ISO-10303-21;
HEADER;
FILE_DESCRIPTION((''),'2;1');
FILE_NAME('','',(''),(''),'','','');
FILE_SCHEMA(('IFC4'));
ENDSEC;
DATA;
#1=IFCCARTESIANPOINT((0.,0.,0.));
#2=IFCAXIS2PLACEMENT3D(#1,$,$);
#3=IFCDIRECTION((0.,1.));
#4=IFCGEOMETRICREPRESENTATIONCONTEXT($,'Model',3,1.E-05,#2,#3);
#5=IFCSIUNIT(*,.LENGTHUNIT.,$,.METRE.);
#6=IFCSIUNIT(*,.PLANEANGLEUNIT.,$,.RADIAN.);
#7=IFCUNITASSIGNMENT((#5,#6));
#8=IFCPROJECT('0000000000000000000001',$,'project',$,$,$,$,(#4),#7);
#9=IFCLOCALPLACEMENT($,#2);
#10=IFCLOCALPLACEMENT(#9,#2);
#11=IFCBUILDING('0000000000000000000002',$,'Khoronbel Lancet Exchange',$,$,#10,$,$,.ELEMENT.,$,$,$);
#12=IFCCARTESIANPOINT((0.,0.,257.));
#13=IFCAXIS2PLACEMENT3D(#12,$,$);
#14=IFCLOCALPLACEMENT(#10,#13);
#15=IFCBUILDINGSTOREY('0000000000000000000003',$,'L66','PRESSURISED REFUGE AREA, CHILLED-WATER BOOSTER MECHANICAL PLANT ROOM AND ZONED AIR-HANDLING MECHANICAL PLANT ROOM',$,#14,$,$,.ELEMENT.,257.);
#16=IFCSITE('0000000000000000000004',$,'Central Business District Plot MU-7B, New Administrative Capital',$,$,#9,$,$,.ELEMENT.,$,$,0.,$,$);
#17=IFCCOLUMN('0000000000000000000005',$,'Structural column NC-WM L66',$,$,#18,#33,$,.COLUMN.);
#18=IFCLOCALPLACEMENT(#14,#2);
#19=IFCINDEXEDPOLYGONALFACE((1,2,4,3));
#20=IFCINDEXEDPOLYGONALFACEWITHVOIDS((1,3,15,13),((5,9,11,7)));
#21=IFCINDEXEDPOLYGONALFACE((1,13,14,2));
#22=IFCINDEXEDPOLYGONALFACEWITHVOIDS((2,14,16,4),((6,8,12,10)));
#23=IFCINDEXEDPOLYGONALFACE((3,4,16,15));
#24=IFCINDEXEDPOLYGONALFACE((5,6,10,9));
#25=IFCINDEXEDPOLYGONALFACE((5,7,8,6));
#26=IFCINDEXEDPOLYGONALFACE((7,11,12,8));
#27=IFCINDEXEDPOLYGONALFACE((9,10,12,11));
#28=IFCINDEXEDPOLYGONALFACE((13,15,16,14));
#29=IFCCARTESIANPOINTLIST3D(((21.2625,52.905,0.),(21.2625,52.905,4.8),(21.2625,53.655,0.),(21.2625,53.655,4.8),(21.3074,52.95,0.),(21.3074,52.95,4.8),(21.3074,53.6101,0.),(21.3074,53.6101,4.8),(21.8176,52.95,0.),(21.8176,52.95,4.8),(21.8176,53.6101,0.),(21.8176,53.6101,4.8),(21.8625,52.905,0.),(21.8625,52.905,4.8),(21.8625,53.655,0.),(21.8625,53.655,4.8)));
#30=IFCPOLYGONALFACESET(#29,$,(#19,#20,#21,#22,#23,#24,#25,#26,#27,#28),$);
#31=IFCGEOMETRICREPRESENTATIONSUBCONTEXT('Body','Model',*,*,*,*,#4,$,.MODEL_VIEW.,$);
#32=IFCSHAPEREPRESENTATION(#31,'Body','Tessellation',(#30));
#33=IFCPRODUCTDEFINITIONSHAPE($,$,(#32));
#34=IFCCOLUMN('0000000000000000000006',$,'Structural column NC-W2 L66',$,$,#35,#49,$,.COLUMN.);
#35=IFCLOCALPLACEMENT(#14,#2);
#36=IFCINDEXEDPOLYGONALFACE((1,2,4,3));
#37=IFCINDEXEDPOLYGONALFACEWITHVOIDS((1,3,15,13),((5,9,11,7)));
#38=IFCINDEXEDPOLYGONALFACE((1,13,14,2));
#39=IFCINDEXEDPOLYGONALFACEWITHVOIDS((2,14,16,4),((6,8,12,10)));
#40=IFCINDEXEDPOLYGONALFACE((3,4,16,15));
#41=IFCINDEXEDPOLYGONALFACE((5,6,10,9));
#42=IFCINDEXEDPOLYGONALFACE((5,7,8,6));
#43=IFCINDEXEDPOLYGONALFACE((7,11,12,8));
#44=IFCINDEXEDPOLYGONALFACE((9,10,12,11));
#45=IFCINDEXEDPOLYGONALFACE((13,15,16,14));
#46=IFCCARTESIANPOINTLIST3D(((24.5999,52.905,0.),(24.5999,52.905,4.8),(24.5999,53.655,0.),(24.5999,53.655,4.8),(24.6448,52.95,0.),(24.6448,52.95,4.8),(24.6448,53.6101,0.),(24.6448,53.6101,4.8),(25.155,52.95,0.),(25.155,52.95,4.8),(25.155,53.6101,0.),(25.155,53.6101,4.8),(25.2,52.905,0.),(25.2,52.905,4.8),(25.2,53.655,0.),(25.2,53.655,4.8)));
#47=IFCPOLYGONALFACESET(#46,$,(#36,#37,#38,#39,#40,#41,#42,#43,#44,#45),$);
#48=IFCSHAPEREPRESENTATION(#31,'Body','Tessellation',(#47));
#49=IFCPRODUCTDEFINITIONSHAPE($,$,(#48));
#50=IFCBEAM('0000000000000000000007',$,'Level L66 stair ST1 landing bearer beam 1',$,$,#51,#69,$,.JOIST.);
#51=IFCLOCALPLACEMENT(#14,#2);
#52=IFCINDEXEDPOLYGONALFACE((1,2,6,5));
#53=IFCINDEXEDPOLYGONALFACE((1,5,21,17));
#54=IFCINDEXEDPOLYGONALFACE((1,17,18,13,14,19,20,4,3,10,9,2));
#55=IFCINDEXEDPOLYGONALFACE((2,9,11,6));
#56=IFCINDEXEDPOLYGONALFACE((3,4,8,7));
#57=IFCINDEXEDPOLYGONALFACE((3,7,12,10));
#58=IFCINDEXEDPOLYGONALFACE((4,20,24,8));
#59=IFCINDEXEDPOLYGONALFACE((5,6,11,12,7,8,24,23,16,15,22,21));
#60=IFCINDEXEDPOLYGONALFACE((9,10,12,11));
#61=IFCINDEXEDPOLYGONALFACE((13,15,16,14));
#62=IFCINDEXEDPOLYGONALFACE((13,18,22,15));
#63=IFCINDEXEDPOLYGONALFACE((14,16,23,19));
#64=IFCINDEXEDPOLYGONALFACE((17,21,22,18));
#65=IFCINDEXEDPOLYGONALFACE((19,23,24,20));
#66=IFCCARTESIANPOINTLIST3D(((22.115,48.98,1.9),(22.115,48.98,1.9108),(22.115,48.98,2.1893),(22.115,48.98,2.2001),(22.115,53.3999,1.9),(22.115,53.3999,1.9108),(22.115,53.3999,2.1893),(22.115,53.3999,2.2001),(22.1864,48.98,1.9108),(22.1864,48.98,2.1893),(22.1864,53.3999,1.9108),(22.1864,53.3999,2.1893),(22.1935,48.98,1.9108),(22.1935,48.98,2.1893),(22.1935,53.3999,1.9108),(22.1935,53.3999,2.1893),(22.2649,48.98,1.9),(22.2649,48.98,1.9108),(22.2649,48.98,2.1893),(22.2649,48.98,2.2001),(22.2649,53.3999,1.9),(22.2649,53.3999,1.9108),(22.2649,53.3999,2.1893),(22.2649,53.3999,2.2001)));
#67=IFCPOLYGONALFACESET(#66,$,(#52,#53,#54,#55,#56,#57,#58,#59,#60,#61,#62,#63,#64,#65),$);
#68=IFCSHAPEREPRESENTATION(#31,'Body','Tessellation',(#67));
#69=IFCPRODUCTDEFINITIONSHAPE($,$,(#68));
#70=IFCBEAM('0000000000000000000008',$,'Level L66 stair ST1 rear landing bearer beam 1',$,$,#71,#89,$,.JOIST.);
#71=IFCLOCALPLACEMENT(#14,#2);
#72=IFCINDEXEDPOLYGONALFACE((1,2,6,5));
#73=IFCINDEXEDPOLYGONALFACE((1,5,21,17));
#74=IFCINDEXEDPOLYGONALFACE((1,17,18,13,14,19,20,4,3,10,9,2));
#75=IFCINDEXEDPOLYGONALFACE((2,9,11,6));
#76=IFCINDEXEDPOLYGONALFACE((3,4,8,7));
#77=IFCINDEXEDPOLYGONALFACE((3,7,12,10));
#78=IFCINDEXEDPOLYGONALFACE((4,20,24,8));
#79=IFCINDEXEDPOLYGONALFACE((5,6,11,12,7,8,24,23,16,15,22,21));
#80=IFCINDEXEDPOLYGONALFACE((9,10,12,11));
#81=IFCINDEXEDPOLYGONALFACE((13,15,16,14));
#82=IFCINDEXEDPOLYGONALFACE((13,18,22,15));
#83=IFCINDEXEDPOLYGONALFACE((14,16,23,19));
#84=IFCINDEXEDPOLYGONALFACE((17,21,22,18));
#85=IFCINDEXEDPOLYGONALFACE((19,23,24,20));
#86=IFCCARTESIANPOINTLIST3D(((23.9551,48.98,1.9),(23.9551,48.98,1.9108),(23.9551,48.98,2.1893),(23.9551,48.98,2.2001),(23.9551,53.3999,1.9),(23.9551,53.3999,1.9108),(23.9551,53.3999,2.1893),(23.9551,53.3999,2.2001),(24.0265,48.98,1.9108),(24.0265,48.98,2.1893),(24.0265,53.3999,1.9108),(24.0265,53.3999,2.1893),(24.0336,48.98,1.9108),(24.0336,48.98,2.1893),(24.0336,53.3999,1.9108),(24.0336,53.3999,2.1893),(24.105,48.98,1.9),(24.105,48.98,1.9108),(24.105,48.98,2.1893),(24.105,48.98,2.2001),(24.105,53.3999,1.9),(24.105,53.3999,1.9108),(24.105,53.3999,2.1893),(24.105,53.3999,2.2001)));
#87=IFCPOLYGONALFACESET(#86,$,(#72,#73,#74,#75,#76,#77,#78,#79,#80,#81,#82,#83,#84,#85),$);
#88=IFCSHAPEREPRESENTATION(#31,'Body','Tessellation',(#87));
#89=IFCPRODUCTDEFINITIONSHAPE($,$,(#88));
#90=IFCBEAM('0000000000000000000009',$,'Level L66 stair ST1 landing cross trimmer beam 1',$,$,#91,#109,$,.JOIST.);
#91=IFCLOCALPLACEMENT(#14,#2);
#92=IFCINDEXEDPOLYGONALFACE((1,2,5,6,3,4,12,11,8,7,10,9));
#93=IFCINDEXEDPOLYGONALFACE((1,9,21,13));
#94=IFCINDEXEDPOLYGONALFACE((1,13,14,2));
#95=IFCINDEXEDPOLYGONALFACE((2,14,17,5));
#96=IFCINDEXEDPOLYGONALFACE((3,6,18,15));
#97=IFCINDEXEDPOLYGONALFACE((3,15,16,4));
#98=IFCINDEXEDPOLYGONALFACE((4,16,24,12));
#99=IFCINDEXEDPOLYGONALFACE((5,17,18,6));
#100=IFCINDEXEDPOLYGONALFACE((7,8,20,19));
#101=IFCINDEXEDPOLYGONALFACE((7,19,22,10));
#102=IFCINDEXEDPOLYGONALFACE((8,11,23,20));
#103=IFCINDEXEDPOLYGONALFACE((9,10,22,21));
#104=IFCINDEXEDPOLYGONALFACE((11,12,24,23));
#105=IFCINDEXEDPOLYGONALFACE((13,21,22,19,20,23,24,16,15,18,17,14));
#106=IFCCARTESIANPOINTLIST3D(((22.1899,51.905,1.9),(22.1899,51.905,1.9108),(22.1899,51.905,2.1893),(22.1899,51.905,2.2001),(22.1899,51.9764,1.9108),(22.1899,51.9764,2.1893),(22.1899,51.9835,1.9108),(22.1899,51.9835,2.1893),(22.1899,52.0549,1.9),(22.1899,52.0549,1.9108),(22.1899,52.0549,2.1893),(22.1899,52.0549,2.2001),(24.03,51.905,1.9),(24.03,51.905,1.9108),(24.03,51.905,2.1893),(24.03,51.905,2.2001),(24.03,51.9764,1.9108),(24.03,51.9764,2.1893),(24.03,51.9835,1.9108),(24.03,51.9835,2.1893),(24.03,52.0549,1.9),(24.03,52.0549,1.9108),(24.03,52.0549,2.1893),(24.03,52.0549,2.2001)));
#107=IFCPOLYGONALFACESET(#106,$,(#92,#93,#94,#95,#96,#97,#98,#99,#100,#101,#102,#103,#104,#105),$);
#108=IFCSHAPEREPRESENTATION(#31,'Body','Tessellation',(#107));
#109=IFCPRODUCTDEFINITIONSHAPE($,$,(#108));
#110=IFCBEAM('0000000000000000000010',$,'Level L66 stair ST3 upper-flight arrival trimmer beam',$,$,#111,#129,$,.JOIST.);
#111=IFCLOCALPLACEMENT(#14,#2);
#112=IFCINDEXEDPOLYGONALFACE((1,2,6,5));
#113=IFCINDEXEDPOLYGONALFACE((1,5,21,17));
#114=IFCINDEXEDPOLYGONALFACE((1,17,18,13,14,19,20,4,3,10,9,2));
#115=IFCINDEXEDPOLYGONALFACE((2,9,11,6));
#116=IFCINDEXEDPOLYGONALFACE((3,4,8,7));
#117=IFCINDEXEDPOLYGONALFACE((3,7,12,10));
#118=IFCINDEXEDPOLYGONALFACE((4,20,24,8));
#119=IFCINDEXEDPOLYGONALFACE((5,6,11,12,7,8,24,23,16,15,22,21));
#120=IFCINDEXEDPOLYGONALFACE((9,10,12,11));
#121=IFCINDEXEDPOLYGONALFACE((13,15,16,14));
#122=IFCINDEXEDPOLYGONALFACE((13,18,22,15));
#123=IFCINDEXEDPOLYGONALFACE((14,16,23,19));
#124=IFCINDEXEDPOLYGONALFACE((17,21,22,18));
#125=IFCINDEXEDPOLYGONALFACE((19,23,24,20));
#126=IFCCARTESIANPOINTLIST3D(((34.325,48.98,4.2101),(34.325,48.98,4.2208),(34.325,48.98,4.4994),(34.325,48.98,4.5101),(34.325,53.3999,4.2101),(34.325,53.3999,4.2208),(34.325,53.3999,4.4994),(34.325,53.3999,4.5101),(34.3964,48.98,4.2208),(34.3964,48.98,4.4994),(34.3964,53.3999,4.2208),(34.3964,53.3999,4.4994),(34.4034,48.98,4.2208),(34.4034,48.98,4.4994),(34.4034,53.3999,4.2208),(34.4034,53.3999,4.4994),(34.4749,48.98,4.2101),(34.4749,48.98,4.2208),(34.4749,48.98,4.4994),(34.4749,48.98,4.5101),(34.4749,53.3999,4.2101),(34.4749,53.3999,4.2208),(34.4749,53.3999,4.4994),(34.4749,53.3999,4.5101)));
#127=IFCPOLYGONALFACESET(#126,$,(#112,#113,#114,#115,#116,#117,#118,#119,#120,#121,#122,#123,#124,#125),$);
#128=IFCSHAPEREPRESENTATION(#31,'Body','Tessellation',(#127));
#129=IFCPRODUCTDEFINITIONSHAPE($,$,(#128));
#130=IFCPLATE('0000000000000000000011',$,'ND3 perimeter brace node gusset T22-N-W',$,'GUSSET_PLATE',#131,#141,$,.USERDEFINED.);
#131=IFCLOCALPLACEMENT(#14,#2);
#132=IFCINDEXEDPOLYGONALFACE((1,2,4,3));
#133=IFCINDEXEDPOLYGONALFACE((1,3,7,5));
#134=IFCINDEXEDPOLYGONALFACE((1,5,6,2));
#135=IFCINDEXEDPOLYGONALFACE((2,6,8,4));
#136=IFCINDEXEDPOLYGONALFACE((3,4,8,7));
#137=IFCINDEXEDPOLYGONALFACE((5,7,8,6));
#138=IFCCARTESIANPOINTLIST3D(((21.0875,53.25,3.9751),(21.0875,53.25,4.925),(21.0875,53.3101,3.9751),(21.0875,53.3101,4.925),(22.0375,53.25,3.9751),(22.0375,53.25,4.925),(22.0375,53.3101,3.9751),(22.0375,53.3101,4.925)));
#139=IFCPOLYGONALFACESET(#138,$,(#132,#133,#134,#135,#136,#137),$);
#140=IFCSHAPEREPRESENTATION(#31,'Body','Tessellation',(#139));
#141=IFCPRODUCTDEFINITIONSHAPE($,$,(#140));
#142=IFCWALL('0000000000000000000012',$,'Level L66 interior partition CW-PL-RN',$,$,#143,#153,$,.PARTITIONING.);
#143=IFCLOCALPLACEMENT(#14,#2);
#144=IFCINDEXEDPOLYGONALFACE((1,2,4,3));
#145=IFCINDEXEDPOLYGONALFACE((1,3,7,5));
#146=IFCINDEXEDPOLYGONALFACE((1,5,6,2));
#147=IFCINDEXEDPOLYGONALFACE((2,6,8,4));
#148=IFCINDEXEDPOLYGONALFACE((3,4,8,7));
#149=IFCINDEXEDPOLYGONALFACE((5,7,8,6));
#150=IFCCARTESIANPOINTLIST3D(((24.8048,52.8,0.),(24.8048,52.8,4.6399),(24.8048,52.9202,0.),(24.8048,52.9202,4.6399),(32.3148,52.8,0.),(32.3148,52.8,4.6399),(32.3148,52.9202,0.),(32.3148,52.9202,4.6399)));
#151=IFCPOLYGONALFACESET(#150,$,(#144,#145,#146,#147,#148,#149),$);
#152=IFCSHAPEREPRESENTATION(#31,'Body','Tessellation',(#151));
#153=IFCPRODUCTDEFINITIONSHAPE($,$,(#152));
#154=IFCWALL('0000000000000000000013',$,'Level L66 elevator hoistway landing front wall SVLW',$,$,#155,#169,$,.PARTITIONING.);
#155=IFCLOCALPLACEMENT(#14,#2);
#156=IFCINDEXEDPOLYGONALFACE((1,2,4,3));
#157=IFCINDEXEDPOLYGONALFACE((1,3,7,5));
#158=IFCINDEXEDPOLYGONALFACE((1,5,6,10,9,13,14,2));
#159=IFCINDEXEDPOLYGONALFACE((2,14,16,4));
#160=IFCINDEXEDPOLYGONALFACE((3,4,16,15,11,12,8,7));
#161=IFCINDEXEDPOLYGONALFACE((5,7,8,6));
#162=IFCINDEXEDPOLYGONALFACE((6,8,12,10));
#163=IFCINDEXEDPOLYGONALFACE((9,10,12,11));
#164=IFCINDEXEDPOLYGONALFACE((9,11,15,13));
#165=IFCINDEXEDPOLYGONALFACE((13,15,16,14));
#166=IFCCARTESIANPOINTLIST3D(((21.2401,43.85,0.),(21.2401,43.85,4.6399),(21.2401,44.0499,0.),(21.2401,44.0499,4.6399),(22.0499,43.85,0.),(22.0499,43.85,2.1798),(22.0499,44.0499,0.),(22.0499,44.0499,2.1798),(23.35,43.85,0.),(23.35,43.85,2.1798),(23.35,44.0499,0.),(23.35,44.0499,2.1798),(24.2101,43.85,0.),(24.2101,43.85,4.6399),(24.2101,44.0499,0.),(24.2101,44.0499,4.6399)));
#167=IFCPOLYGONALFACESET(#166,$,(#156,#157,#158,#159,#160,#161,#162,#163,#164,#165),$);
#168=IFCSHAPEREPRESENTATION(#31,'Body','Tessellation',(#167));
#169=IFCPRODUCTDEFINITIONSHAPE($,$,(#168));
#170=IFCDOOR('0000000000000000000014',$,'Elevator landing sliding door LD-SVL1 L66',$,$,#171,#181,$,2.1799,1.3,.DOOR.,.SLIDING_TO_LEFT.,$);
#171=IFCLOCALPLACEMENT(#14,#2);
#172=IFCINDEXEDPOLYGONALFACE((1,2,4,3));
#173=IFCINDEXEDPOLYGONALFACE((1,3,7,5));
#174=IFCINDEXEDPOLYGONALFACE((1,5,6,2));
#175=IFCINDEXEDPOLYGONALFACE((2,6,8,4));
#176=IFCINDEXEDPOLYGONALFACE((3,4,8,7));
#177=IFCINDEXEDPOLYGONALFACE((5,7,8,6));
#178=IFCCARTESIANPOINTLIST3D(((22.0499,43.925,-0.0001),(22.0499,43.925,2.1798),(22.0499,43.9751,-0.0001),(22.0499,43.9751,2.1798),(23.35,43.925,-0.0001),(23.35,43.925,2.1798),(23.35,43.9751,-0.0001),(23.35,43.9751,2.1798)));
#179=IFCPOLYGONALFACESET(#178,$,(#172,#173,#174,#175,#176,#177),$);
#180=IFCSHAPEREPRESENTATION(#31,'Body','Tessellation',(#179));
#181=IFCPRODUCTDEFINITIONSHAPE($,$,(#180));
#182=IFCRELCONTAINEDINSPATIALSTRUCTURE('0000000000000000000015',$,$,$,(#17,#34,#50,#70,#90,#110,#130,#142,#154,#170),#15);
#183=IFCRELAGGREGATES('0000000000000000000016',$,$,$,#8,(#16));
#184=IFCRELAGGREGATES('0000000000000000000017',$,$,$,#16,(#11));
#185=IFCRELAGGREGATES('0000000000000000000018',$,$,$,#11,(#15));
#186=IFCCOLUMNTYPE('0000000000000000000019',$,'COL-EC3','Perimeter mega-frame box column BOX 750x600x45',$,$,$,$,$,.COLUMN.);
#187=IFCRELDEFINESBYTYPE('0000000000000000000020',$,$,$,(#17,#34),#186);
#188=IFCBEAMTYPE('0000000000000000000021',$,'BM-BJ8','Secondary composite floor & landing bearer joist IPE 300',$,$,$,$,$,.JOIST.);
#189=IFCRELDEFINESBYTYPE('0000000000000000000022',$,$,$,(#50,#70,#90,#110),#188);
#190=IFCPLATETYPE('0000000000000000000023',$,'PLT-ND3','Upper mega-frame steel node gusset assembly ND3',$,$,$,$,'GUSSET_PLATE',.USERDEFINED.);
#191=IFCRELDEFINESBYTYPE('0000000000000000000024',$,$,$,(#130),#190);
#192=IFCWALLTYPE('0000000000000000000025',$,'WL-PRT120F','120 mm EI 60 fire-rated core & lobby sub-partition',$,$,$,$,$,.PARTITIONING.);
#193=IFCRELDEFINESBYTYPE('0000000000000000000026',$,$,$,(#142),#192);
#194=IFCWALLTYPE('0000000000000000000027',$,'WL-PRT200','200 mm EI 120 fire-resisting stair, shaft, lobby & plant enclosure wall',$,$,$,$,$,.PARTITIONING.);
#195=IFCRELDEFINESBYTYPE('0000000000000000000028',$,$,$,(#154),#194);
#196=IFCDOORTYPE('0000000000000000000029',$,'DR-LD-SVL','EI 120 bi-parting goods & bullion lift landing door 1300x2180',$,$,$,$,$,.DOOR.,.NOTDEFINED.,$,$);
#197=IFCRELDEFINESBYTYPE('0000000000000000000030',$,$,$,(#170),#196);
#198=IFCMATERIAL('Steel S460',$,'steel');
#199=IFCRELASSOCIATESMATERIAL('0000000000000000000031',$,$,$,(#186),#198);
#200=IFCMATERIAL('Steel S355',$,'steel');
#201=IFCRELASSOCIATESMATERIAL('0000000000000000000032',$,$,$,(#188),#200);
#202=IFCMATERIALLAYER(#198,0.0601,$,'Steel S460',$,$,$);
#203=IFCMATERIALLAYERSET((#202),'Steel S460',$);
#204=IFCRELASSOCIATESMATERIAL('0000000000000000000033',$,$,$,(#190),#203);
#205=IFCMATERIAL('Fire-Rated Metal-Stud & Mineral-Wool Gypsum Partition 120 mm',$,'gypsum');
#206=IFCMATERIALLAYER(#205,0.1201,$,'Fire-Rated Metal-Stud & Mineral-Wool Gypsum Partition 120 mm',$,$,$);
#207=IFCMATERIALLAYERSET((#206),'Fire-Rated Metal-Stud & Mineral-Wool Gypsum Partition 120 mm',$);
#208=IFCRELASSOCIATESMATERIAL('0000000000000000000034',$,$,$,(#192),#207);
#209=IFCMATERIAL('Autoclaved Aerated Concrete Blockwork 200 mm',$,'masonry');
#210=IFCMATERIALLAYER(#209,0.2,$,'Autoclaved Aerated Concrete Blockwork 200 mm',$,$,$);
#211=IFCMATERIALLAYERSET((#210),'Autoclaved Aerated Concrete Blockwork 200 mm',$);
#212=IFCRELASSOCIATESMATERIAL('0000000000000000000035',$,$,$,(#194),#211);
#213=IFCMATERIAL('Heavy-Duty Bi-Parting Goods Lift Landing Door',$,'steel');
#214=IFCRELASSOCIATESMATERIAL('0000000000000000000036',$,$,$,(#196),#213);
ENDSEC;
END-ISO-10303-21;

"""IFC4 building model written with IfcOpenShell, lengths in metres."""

from ifc_helpers import new_model, si_unit, direction, frame, frame_2d, origin, origin_2d, place, context, subcontext, project, spatial, rectangle, hollow_rectangle, i_section, extrude, material, layer, layer_set, material_profile, profile_set, type_object, element, fill, save


model = new_model("IFC4")

# Units and contexts
model_context = context("Model", 3, precision=1e-05, world=origin(), true_north=direction((0.0, 1.0)))
body_context = subcontext(model_context, "Body", "Model", "MODEL_VIEW")
ifc_project = project(units=[si_unit("LENGTHUNIT", "METRE"), si_unit("PLANEANGLEUNIT", "RADIAN")], contexts=[model_context])

# Site, building, storey
site_placement = place(None, origin())
site = spatial("IfcSite", under=ifc_project, at=site_placement, Name="Central Business District Plot MU-7B, New Administrative Capital", CompositionType="ELEMENT", RefElevation=0.0)
building_placement = place(site_placement, origin())
building = spatial("IfcBuilding", under=site, at=building_placement, Name="Khoronbel Lancet Exchange", CompositionType="ELEMENT")
storey_placement = place(building_placement, frame((0.0, 0.0, 257.0)))
storey = spatial("IfcBuildingStorey", under=building, at=storey_placement, Name="L66", Description="PRESSURISED REFUGE AREA, CHILLED-WATER BOOSTER MECHANICAL PLANT ROOM AND ZONED AIR-HANDLING MECHANICAL PLANT ROOM", CompositionType="ELEMENT", Elevation=257.0)

# Columns
ifc_material_1 = material(Name="Steel S460", Category="steel")
ifc_material_profile_1 = material_profile(ifc_material_1, hollow_rectangle(XDim=0.6001, YDim=0.75, WallThickness=0.0449, at=origin_2d()), Name="BOX 750x600x45")
ifc_profile_set_1 = profile_set([ifc_material_profile_1], Name="Steel S460")
column_type = type_object("IfcColumnType", Name="COL-EC3", Description="Perimeter mega-frame box column BOX 750x600x45", PredefinedType="COLUMN", material=ifc_profile_set_1)
for number, where, z_axis, x_axis, name in (
    (1, (21.5625, 53.28, 0.0), (0.0, 0.0, 1.0), (1.0, 0.0, 0.0), "Structural column NC-WM L66"),
    (2, (24.8999, 53.28, 0.0), (0.0, 0.0, 1.0), (1.0, 0.0, 0.0), "Structural column NC-W2 L66"),
):
    element("IfcColumn", number, at=place(storey_placement, frame(where, z_axis=z_axis, x_axis=x_axis)), inside=storey, type_object=column_type, Name=name, PredefinedType="COLUMN", context=body_context, shape_type="SweptSolid", body=[
        extrude(hollow_rectangle(XDim=0.6001, YDim=0.75, WallThickness=0.0449, at=origin_2d()), origin(), (0.0, 0.0, 1.0), 4.8),
    ])

# Beams
ifc_material_2 = material(Name="Steel S355", Category="steel")
ifc_material_profile_2 = material_profile(ifc_material_2, i_section(OverallWidth=0.1499, OverallDepth=0.3, WebThickness=0.0071, FlangeThickness=0.0107, at=origin_2d()), Name="IPE 300")
ifc_profile_set_2 = profile_set([ifc_material_profile_2], Name="Steel S355")
beam_type = type_object("IfcBeamType", Name="BM-BJ8", Description="Secondary composite floor & landing bearer joist IPE 300", PredefinedType="JOIST", material=ifc_profile_set_2)
for number, where, z_axis, x_axis, name in (
    (3, (22.1899, 48.98, 2.05), (0.0, 1.0, 0.0), (-1.0, 0.0, 0.0), "Level L66 stair ST1 landing bearer beam 1"),
    (4, (24.03, 48.98, 2.05), (0.0, 1.0, 0.0), (-1.0, 0.0, 0.0), "Level L66 stair ST1 rear landing bearer beam 1"),
):
    element("IfcBeam", number, at=place(storey_placement, frame(where, z_axis=z_axis, x_axis=x_axis)), inside=storey, type_object=beam_type, Name=name, PredefinedType="JOIST", context=body_context, shape_type="SweptSolid", body=[
        extrude(i_section(OverallWidth=0.1499, OverallDepth=0.3, WebThickness=0.0071, FlangeThickness=0.0107, at=origin_2d()), origin(), (0.0, 0.0, 1.0), 4.4199),
    ])
beam_1_placement = place(storey_placement, frame((22.1899, 51.98, 2.05), z_axis=(1.0, 0.0, 0.0), x_axis=(0.0, 1.0, 0.0)))
element("IfcBeam", 5, at=beam_1_placement, inside=storey, type_object=beam_type, Name="Level L66 stair ST1 landing cross trimmer beam 1", PredefinedType="JOIST", context=body_context, shape_type="SweptSolid", body=[
    extrude(i_section(OverallWidth=0.1499, OverallDepth=0.3, WebThickness=0.0071, FlangeThickness=0.0107, at=origin_2d()), origin(), (0.0, 0.0, 1.0), 1.8401),
])
beam_2_placement = place(storey_placement, frame((34.3999, 48.98, 4.3601), z_axis=(0.0, 1.0, 0.0), x_axis=(-1.0, 0.0, 0.0)))
element("IfcBeam", 6, at=beam_2_placement, inside=storey, type_object=beam_type, Name="Level L66 stair ST3 upper-flight arrival trimmer beam", PredefinedType="JOIST", context=body_context, shape_type="SweptSolid", body=[
    extrude(i_section(OverallWidth=0.1499, OverallDepth=0.3, WebThickness=0.0071, FlangeThickness=0.0107, at=origin_2d()), origin(), (0.0, 0.0, 1.0), 4.4199),
])

# Plate
ifc_layer_1 = layer(ifc_material_1, 0.0601, Name="Steel S460")
ifc_layer_set_1 = layer_set([ifc_layer_1], Name="Steel S460")
plate_type = type_object("IfcPlateType", Name="PLT-ND3", Description="Upper mega-frame steel node gusset assembly ND3", ElementType="GUSSET_PLATE", PredefinedType="USERDEFINED", material=ifc_layer_set_1)
plate_placement = place(storey_placement, frame((21.5625, 53.28, 3.9751), z_axis=(0.0, 0.0, 1.0), x_axis=(1.0, 0.0, 0.0)))
element("IfcPlate", 7, at=plate_placement, inside=storey, type_object=plate_type, Name="ND3 perimeter brace node gusset T22-N-W", ObjectType="GUSSET_PLATE", PredefinedType="USERDEFINED", context=body_context, shape_type="SweptSolid", body=[
    extrude(rectangle(XDim=0.95, YDim=0.0601, at=origin_2d()), origin(), (0.0, 0.0, 1.0), 0.95),
])

# Wall
ifc_material_3 = material(Name="Fire-Rated Metal-Stud & Mineral-Wool Gypsum Partition 120 mm", Category="gypsum")
ifc_layer_2 = layer(ifc_material_3, 0.1201, Name="Fire-Rated Metal-Stud & Mineral-Wool Gypsum Partition 120 mm")
ifc_layer_set_2 = layer_set([ifc_layer_2], Name="Fire-Rated Metal-Stud & Mineral-Wool Gypsum Partition 120 mm")
wall_type_1 = type_object("IfcWallType", Name="WL-PRT120F", Description="120 mm EI 60 fire-rated core & lobby sub-partition", PredefinedType="PARTITIONING", material=ifc_layer_set_2)
wall_1_placement = place(storey_placement, frame((24.8049, 52.8601, 0.0), z_axis=(0.0, 0.0, 1.0), x_axis=(1.0, 0.0, 0.0)))
element("IfcWall", 8, at=wall_1_placement, inside=storey, type_object=wall_type_1, Name="Level L66 interior partition CW-PL-RN", PredefinedType="PARTITIONING", context=body_context, shape_type="SweptSolid", body=[
    extrude(rectangle(XDim=7.51, YDim=0.1201, at=frame_2d((3.7549, 0.0))), origin(), (0.0, 0.0, 1.0), 4.6399),
])

# Wall, opening, door
ifc_material_4 = material(Name="Autoclaved Aerated Concrete Blockwork 200 mm", Category="masonry")
ifc_layer_3 = layer(ifc_material_4, 0.2, Name="Autoclaved Aerated Concrete Blockwork 200 mm")
ifc_layer_set_3 = layer_set([ifc_layer_3], Name="Autoclaved Aerated Concrete Blockwork 200 mm")
wall_type_2 = type_object("IfcWallType", Name="WL-PRT200", Description="200 mm EI 120 fire-resisting stair, shaft, lobby & plant enclosure wall", PredefinedType="PARTITIONING", material=ifc_layer_set_3)
wall_2_placement = place(storey_placement, frame((24.21, 43.95, 0.0), z_axis=(0.0, 0.0, 1.0), x_axis=(-1.0, 0.0, 0.0)))
wall_2 = element("IfcWall", 9, at=wall_2_placement, inside=storey, type_object=wall_type_2, Name="Level L66 elevator hoistway landing front wall SVLW", PredefinedType="PARTITIONING", context=body_context, shape_type="SweptSolid", body=[
    extrude(rectangle(XDim=2.97, YDim=0.2, at=frame_2d((1.4849, 0.0))), origin(), (0.0, 0.0, 1.0), 4.6399),
])
opening_1_placement = place(wall_2_placement, frame((0.8601, 0.0, 0.0)))
opening_1 = element("IfcOpeningElement", 10, at=opening_1_placement, cuts=wall_2, PredefinedType="OPENING", context=body_context, shape_type="SweptSolid", body=[
    extrude(rectangle(XDim=1.3, YDim=2.1799, at=frame_2d((0.6499, 1.0898))), frame((0.0, 0.1099, 0.0), z_axis=(0.0, -1.0, 0.0), x_axis=(1.0, 0.0, 0.0)), (0.0, 0.0, 1.0), 0.22),
])
ifc_material_5 = material(Name="Heavy-Duty Bi-Parting Goods Lift Landing Door", Category="steel")
door_type_1 = type_object("IfcDoorType", Name="DR-LD-SVL", Description="EI 120 bi-parting goods & bullion lift landing door 1300x2180", OperationType="NOTDEFINED", PredefinedType="DOOR", material=ifc_material_5)
door_1_placement = place(opening_1_placement, origin())
door_1 = element("IfcDoor", 11, at=door_1_placement, inside=storey, type_object=door_type_1, Name="Elevator landing sliding door LD-SVL1 L66", OperationType="SLIDING_TO_LEFT", OverallHeight=2.1799, OverallWidth=1.3, PredefinedType="DOOR", context=body_context, shape_type="SweptSolid", body=[
    extrude(rectangle(XDim=1.3, YDim=2.1799, at=frame_2d((0.6499, 1.0898))), frame((0.0, 0.0249, 0.0), z_axis=(0.0, -1.0, 0.0), x_axis=(1.0, 0.0, 0.0)), (0.0, 0.0, 1.0), 0.05),
])
fill(opening_1, door_1)

save(model, "model.ifc")
